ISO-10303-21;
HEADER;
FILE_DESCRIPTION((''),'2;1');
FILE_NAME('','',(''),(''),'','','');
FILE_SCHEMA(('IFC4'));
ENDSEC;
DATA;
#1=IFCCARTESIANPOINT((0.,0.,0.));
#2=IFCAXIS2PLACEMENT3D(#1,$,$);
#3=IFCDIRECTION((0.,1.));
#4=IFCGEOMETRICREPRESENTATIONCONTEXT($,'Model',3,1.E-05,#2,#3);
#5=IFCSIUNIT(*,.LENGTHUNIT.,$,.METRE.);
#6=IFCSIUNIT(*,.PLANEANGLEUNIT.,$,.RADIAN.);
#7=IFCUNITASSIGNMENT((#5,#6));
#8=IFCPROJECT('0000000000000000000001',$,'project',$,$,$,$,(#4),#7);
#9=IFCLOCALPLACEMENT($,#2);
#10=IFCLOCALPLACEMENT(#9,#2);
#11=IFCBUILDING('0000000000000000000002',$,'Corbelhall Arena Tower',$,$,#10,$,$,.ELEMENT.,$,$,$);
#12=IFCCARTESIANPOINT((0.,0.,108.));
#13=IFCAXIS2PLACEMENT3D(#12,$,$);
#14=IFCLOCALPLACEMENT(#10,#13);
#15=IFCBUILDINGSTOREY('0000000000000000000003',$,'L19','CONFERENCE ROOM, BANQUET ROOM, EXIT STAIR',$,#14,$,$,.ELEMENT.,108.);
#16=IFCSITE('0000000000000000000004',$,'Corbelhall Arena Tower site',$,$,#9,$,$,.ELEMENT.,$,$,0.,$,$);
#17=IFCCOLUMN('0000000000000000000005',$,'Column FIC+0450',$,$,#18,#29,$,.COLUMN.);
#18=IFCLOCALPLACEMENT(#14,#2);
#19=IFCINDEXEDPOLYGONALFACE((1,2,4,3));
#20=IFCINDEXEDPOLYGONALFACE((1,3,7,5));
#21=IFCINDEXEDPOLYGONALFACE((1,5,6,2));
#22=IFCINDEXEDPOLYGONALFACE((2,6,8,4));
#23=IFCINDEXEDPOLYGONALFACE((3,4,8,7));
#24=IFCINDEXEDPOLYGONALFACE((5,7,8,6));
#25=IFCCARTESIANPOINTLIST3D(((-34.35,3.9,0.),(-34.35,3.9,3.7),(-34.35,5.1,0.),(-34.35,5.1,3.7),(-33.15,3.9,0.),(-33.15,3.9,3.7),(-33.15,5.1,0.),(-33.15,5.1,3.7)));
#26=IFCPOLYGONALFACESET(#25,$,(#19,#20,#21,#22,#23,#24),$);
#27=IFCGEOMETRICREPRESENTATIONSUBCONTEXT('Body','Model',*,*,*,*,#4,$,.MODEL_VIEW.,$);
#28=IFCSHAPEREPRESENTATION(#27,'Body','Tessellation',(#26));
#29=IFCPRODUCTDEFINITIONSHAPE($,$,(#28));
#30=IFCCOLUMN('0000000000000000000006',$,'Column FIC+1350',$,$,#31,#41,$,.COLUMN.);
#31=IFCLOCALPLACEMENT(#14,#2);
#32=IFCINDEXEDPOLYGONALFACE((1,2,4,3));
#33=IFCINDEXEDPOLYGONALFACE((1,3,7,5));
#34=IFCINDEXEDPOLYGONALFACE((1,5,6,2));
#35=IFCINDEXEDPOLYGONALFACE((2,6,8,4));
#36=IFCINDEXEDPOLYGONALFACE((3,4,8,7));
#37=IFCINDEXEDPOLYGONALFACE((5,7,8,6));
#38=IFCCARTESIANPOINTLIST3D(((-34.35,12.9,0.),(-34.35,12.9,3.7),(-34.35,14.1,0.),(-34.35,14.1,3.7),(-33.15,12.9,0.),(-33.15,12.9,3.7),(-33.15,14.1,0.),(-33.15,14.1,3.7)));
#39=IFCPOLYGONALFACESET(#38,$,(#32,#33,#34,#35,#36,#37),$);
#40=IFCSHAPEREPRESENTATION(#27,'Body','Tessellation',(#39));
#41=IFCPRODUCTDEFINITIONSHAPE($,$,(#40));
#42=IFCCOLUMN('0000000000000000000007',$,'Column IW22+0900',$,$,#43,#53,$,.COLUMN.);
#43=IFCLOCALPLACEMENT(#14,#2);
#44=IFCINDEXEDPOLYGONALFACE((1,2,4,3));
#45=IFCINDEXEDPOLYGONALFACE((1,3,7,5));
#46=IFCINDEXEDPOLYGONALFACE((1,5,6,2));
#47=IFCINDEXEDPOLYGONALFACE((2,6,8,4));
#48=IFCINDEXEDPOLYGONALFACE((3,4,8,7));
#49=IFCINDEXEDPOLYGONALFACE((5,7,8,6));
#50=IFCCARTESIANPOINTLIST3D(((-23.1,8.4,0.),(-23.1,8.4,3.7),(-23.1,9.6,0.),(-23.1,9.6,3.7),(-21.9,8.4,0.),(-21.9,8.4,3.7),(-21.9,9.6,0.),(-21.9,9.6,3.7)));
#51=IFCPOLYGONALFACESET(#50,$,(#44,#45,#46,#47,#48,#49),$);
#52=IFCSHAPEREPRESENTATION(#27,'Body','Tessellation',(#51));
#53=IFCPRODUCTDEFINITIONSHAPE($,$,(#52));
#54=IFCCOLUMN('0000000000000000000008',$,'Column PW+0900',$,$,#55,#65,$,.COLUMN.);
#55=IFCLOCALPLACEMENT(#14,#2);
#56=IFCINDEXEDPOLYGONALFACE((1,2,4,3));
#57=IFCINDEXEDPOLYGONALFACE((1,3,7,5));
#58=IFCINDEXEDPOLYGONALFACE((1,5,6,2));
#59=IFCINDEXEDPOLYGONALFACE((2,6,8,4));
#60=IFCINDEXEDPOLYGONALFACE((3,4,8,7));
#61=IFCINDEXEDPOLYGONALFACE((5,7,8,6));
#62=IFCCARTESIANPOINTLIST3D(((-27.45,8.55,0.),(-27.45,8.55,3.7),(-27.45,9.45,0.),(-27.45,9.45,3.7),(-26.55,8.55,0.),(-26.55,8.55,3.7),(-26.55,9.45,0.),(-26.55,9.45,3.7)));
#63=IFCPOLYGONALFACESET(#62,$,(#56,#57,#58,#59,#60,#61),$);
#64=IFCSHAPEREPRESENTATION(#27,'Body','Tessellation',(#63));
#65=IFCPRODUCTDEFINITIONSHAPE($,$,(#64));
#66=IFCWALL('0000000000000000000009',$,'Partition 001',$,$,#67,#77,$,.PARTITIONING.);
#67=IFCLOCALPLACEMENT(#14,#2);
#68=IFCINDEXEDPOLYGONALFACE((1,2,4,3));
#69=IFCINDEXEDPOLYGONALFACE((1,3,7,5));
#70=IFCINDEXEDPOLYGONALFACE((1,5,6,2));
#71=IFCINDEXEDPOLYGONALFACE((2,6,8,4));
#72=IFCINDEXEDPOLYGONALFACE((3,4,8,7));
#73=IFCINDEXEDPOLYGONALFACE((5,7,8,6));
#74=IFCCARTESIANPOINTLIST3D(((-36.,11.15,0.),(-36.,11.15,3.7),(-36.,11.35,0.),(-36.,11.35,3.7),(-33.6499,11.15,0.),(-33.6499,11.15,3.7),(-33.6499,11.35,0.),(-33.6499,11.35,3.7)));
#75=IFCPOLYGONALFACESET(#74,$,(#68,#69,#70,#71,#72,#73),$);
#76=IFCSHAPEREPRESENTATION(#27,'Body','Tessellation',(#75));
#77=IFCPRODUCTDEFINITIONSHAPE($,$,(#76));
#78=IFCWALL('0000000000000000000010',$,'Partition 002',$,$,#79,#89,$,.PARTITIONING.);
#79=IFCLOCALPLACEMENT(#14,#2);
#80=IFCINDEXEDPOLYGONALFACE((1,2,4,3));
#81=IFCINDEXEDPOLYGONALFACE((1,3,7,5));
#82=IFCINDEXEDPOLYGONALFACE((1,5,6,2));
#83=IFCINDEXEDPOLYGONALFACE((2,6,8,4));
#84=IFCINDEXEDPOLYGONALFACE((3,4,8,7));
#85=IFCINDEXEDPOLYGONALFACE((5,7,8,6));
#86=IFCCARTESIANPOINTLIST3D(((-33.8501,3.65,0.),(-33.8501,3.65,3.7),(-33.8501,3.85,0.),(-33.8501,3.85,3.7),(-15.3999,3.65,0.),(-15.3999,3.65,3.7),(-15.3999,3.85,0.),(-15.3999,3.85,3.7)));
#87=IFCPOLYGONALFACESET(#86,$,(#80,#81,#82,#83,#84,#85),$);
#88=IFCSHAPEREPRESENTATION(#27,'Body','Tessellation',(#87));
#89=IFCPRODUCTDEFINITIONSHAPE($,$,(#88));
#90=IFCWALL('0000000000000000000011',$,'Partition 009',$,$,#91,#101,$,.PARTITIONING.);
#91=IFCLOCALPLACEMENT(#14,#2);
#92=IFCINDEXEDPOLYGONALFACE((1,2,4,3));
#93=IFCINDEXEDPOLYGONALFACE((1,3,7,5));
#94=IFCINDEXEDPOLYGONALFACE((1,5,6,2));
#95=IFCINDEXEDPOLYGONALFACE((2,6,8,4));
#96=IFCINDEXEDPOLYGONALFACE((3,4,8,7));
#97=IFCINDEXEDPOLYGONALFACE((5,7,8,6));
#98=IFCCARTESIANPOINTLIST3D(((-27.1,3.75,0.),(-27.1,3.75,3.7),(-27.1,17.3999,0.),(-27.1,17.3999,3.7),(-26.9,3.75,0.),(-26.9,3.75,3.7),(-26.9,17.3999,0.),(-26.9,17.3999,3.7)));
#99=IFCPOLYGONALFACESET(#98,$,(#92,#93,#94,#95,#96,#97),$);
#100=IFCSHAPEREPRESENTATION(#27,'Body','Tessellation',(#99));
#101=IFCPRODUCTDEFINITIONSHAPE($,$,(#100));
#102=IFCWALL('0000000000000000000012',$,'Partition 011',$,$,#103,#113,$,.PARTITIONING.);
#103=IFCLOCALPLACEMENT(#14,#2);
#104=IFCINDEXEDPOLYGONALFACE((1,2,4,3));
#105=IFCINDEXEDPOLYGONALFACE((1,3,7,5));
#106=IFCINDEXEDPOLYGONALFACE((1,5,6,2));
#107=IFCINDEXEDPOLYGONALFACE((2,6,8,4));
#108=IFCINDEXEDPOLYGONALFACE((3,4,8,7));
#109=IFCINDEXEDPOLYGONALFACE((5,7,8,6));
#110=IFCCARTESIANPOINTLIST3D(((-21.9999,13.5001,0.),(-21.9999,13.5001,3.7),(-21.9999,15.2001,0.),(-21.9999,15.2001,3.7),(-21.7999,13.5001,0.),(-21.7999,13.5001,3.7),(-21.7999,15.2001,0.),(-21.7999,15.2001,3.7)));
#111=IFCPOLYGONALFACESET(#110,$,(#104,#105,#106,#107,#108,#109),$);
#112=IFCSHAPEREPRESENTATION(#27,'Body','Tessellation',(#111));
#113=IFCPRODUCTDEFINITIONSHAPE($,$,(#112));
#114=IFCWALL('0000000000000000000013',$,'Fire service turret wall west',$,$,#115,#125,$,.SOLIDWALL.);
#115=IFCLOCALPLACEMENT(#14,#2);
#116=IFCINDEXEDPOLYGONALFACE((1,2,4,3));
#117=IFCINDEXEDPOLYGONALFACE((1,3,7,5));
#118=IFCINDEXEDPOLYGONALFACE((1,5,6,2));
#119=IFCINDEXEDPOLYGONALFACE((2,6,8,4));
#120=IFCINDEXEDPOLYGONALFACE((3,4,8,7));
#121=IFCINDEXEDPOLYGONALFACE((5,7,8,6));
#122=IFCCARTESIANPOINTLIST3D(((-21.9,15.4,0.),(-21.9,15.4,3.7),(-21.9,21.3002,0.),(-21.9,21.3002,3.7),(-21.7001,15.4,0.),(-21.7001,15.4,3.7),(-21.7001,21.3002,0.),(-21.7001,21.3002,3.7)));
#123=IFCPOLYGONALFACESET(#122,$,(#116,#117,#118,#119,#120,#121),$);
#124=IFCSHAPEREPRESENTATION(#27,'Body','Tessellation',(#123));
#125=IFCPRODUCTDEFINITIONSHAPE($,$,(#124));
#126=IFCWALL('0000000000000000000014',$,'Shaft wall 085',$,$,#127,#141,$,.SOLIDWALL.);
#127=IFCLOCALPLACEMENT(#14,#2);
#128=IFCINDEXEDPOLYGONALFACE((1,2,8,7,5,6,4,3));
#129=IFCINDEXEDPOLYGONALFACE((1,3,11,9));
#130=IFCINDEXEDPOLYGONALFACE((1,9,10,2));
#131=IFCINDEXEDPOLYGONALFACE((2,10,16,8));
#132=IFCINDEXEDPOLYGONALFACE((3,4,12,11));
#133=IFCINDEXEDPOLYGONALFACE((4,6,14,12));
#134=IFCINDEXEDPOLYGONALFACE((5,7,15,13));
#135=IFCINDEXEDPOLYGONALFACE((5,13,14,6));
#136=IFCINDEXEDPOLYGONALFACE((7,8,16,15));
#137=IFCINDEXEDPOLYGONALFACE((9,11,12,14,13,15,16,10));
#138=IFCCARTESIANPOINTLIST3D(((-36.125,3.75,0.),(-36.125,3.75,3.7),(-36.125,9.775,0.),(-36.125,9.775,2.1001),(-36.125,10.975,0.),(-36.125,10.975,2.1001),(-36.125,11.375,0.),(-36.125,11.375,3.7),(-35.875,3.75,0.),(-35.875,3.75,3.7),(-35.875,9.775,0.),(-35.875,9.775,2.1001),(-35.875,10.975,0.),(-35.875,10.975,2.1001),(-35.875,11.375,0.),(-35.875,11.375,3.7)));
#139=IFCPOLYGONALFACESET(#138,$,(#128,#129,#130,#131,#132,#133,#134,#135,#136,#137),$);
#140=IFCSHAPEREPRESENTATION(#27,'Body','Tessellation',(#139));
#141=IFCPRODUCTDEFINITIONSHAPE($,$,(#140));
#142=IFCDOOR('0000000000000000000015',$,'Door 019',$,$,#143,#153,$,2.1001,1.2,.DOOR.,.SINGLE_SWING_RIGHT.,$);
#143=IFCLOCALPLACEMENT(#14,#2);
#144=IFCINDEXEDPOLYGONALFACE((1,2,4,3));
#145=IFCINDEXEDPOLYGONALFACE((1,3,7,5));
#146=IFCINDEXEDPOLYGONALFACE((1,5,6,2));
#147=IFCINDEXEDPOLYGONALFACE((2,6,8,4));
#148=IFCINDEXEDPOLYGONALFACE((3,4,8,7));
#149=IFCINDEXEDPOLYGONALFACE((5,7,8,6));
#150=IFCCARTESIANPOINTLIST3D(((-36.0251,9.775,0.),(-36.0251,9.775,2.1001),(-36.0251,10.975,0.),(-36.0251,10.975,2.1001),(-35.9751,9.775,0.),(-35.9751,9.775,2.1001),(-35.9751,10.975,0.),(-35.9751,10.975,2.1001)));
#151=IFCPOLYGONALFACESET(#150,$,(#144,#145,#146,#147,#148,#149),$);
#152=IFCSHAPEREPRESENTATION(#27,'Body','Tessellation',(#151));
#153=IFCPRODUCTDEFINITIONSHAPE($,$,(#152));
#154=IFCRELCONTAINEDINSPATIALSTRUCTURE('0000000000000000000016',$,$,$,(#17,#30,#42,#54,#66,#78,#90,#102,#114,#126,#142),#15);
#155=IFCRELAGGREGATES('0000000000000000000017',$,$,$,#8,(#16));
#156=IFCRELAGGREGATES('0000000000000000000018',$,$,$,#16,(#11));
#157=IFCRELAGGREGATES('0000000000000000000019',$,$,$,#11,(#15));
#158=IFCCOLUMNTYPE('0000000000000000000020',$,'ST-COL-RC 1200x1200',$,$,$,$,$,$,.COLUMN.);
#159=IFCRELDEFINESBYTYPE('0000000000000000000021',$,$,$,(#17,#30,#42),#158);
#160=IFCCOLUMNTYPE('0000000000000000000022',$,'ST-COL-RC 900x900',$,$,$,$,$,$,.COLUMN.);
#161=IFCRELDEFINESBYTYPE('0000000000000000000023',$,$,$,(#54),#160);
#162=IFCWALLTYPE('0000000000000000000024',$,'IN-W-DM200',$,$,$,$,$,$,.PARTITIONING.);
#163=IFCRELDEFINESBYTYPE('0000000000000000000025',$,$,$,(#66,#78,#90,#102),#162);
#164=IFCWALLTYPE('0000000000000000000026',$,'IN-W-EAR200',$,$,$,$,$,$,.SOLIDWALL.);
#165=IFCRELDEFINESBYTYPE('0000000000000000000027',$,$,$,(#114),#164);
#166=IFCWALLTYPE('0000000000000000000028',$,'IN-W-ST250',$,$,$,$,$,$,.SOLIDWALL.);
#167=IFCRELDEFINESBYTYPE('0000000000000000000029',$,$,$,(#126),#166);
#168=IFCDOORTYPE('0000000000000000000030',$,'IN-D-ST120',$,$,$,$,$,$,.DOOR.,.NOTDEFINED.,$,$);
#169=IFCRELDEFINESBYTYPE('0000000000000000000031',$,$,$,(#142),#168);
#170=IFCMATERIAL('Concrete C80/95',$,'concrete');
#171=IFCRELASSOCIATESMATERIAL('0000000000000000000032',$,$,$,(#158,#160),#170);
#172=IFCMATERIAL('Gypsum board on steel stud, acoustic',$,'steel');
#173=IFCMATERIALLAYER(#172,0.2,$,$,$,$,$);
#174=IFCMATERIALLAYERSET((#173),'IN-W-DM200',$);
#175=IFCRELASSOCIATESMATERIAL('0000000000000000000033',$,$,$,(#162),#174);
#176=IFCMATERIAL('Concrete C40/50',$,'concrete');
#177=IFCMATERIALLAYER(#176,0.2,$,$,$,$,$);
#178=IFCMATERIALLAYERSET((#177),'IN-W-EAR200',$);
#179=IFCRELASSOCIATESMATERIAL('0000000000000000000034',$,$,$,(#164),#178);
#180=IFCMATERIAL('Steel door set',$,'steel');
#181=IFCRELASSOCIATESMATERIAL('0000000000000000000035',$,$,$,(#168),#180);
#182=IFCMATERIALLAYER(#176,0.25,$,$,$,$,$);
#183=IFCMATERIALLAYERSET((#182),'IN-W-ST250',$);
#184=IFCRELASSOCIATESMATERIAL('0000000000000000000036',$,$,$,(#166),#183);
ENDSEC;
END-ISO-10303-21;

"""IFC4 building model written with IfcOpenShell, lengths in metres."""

from ifc_helpers import new_model, si_unit, direction, frame, frame_2d, origin, origin_2d, place, context, subcontext, project, spatial, rectangle, extrude, material, layer, layer_set, material_profile, profile_set, type_object, element, fill, save


model = new_model("IFC4")

# Units and contexts
model_context = context("Model", 3, precision=1e-05, world=origin(), true_north=direction((0.0, 1.0)))
body_context = subcontext(model_context, "Body", "Model", "MODEL_VIEW")
ifc_project = project(units=[si_unit("LENGTHUNIT", "METRE"), si_unit("PLANEANGLEUNIT", "RADIAN")], contexts=[model_context])

# Site, building, storey
site_placement = place(None, origin())
site = spatial("IfcSite", under=ifc_project, at=site_placement, Name="Corbelhall Arena Tower site", CompositionType="ELEMENT", RefElevation=0.0)
building_placement = place(site_placement, origin())
building = spatial("IfcBuilding", under=site, at=building_placement, Name="Corbelhall Arena Tower", CompositionType="ELEMENT")
storey_placement = place(building_placement, frame((0.0, 0.0, 108.0)))
storey = spatial("IfcBuildingStorey", under=building, at=storey_placement, Name="L19", Description="CONFERENCE ROOM, BANQUET ROOM, EXIT STAIR", CompositionType="ELEMENT", Elevation=108.0)

# Columns
ifc_material_1 = material(Name="Concrete C80/95", Category="concrete")
ifc_material_profile_1 = material_profile(ifc_material_1, rectangle(XDim=1.2, YDim=1.2, at=origin_2d()))
ifc_profile_set_1 = profile_set([ifc_material_profile_1], Name="Concrete C80/95")
column_type_1 = type_object("IfcColumnType", Name="ST-COL-RC 1200x1200", PredefinedType="COLUMN", material=ifc_profile_set_1)
for number, where, z_axis, x_axis, name in (
    (1, (-33.75, 4.5, 0.0), (0.0, 0.0, 1.0), (1.0, 0.0, 0.0), "Column FIC+0450"),
    (2, (-33.75, 13.5, 0.0), (0.0, 0.0, 1.0), (1.0, 0.0, 0.0), "Column FIC+1350"),
    (3, (-22.5, 9.0, 0.0), (0.0, 0.0, 1.0), (1.0, 0.0, 0.0), "Column IW22+0900"),
):
    element("IfcColumn", number, at=place(storey_placement, frame(where, z_axis=z_axis, x_axis=x_axis)), inside=storey, type_object=column_type_1, Name=name, PredefinedType="COLUMN", context=body_context, shape_type="SweptSolid", body=[
        extrude(rectangle(XDim=1.2, YDim=1.2, at=origin_2d()), origin(), (0.0, 0.0, 1.0), 3.7),
    ])
ifc_material_profile_2 = material_profile(ifc_material_1, rectangle(XDim=0.8999, YDim=0.8999, at=origin_2d()))
ifc_profile_set_2 = profile_set([ifc_material_profile_2], Name="Concrete C80/95")
column_type_2 = type_object("IfcColumnType", Name="ST-COL-RC 900x900", PredefinedType="COLUMN", material=ifc_profile_set_2)
column_placement = place(storey_placement, frame((-27.0, 9.0, 0.0), z_axis=(0.0, 0.0, 1.0), x_axis=(1.0, 0.0, 0.0)))
element("IfcColumn", 4, at=column_placement, inside=storey, type_object=column_type_2, Name="Column PW+0900", PredefinedType="COLUMN", context=body_context, shape_type="SweptSolid", body=[
    extrude(rectangle(XDim=0.8999, YDim=0.8999, at=origin_2d()), origin(), (0.0, 0.0, 1.0), 3.7),
])

# Walls
ifc_material_2 = material(Name="Gypsum board on steel stud, acoustic", Category="steel")
ifc_layer_1 = layer(ifc_material_2, 0.2)
ifc_layer_set_1 = layer_set([ifc_layer_1], Name="IN-W-DM200")
wall_type_1 = type_object("IfcWallType", Name="IN-W-DM200", PredefinedType="PARTITIONING", material=ifc_layer_set_1)
wall_1_placement = place(storey_placement, frame((-36.0, 11.25, 0.0), z_axis=(0.0, 0.0, 1.0), x_axis=(1.0, 0.0, 0.0)))
element("IfcWall", 5, at=wall_1_placement, inside=storey, type_object=wall_type_1, Name="Partition 001", PredefinedType="PARTITIONING", context=body_context, shape_type="SweptSolid", body=[
    extrude(rectangle(XDim=2.3501, YDim=0.2, at=frame_2d((1.175, 0.0))), origin(), (0.0, 0.0, 1.0), 3.7),
])
wall_2_placement = place(storey_placement, frame((-33.8501, 3.75, 0.0), z_axis=(0.0, 0.0, 1.0), x_axis=(1.0, 0.0, 0.0)))
element("IfcWall", 6, at=wall_2_placement, inside=storey, type_object=wall_type_1, Name="Partition 002", PredefinedType="PARTITIONING", context=body_context, shape_type="SweptSolid", body=[
    extrude(rectangle(XDim=18.4502, YDim=0.2, at=frame_2d((9.2251, 0.0))), origin(), (0.0, 0.0, 1.0), 3.7),
])

# Shared definitions
ifc_material_3 = material(Name="Steel door set", Category="steel")

# Walls
wall_3_placement = place(storey_placement, frame((-27.0, 3.75, 0.0), z_axis=(0.0, 0.0, 1.0), x_axis=(0.0, 1.0, 0.0)))
element("IfcWall", 7, at=wall_3_placement, inside=storey, type_object=wall_type_1, Name="Partition 009", PredefinedType="PARTITIONING", context=body_context, shape_type="SweptSolid", body=[
    extrude(rectangle(XDim=13.6499, YDim=0.2, at=frame_2d((6.825, 0.0))), origin(), (0.0, 0.0, 1.0), 3.7),
])
wall_4_placement = place(storey_placement, frame((-21.8999, 13.5, 0.0), z_axis=(0.0, 0.0, 1.0), x_axis=(0.0, 1.0, 0.0)))
element("IfcWall", 8, at=wall_4_placement, inside=storey, type_object=wall_type_1, Name="Partition 011", PredefinedType="PARTITIONING", context=body_context, shape_type="SweptSolid", body=[
    extrude(rectangle(XDim=1.7, YDim=0.2, at=frame_2d((0.8501, 0.0))), origin(), (0.0, 0.0, 1.0), 3.7),
])

# Shared definitions
ifc_material_4 = material(Name="Concrete C40/50", Category="concrete")
ifc_layer_2 = layer(ifc_material_4, 0.2)
ifc_layer_set_2 = layer_set([ifc_layer_2], Name="IN-W-EAR200")
wall_type_2 = type_object("IfcWallType", Name="IN-W-EAR200", PredefinedType="SOLIDWALL", material=ifc_layer_set_2)
door_type_1 = type_object("IfcDoorType", Name="IN-D-ST120", OperationType="NOTDEFINED", PredefinedType="DOOR", material=ifc_material_3)

# Wall
wall_5_placement = place(storey_placement, frame((-21.8, 15.3999, 0.0), z_axis=(0.0, 0.0, 1.0), x_axis=(0.0, 1.0, 0.0)))
element("IfcWall", 9, at=wall_5_placement, inside=storey, type_object=wall_type_2, Name="Fire service turret wall west", PredefinedType="SOLIDWALL", context=body_context, shape_type="SweptSolid", body=[
    extrude(rectangle(XDim=5.9001, YDim=0.2, at=frame_2d((2.9502, 0.0))), origin(), (0.0, 0.0, 1.0), 3.7),
])

# Wall, opening, door
ifc_layer_3 = layer(ifc_material_4, 0.25)
ifc_layer_set_3 = layer_set([ifc_layer_3], Name="IN-W-ST250")
wall_type_3 = type_object("IfcWallType", Name="IN-W-ST250", PredefinedType="SOLIDWALL", material=ifc_layer_set_3)
wall_6_placement = place(storey_placement, frame((-36.0, 11.375, 0.0), z_axis=(0.0, 0.0, 1.0), x_axis=(0.0, -1.0, 0.0)))
wall_6 = element("IfcWall", 10, at=wall_6_placement, inside=storey, type_object=wall_type_3, Name="Shaft wall 085", PredefinedType="SOLIDWALL", context=body_context, shape_type="SweptSolid", body=[
    extrude(rectangle(XDim=7.625, YDim=0.25, at=frame_2d((3.8125, 0.0))), origin(), (0.0, 0.0, 1.0), 3.7),
])
opening_1_placement = place(wall_6_placement, frame((0.3999, 0.0, 0.0)))
opening_1 = element("IfcOpeningElement", 11, at=opening_1_placement, cuts=wall_6, PredefinedType="OPENING", context=body_context, shape_type="SweptSolid", body=[
    extrude(rectangle(XDim=1.2, YDim=2.1001, at=frame_2d((0.6001, 1.05))), frame((0.0, 0.125, 0.0), z_axis=(0.0, -1.0, 0.0), x_axis=(1.0, 0.0, 0.0)), (0.0, 0.0, 1.0), 0.25),
])
door_1_placement = place(opening_1_placement, origin())
door_1 = element("IfcDoor", 12, at=door_1_placement, inside=storey, type_object=door_type_1, Name="Door 019", OperationType="SINGLE_SWING_RIGHT", OverallHeight=2.1001, OverallWidth=1.2, PredefinedType="DOOR", context=body_context, shape_type="SweptSolid", body=[
    extrude(rectangle(XDim=1.2, YDim=2.1001, at=frame_2d((0.6001, 1.05))), frame((0.0, 0.0249, 0.0), z_axis=(0.0, -1.0, 0.0), x_axis=(1.0, 0.0, 0.0)), (0.0, 0.0, 1.0), 0.05),
])
fill(opening_1, door_1)

save(model, "model.ifc")
